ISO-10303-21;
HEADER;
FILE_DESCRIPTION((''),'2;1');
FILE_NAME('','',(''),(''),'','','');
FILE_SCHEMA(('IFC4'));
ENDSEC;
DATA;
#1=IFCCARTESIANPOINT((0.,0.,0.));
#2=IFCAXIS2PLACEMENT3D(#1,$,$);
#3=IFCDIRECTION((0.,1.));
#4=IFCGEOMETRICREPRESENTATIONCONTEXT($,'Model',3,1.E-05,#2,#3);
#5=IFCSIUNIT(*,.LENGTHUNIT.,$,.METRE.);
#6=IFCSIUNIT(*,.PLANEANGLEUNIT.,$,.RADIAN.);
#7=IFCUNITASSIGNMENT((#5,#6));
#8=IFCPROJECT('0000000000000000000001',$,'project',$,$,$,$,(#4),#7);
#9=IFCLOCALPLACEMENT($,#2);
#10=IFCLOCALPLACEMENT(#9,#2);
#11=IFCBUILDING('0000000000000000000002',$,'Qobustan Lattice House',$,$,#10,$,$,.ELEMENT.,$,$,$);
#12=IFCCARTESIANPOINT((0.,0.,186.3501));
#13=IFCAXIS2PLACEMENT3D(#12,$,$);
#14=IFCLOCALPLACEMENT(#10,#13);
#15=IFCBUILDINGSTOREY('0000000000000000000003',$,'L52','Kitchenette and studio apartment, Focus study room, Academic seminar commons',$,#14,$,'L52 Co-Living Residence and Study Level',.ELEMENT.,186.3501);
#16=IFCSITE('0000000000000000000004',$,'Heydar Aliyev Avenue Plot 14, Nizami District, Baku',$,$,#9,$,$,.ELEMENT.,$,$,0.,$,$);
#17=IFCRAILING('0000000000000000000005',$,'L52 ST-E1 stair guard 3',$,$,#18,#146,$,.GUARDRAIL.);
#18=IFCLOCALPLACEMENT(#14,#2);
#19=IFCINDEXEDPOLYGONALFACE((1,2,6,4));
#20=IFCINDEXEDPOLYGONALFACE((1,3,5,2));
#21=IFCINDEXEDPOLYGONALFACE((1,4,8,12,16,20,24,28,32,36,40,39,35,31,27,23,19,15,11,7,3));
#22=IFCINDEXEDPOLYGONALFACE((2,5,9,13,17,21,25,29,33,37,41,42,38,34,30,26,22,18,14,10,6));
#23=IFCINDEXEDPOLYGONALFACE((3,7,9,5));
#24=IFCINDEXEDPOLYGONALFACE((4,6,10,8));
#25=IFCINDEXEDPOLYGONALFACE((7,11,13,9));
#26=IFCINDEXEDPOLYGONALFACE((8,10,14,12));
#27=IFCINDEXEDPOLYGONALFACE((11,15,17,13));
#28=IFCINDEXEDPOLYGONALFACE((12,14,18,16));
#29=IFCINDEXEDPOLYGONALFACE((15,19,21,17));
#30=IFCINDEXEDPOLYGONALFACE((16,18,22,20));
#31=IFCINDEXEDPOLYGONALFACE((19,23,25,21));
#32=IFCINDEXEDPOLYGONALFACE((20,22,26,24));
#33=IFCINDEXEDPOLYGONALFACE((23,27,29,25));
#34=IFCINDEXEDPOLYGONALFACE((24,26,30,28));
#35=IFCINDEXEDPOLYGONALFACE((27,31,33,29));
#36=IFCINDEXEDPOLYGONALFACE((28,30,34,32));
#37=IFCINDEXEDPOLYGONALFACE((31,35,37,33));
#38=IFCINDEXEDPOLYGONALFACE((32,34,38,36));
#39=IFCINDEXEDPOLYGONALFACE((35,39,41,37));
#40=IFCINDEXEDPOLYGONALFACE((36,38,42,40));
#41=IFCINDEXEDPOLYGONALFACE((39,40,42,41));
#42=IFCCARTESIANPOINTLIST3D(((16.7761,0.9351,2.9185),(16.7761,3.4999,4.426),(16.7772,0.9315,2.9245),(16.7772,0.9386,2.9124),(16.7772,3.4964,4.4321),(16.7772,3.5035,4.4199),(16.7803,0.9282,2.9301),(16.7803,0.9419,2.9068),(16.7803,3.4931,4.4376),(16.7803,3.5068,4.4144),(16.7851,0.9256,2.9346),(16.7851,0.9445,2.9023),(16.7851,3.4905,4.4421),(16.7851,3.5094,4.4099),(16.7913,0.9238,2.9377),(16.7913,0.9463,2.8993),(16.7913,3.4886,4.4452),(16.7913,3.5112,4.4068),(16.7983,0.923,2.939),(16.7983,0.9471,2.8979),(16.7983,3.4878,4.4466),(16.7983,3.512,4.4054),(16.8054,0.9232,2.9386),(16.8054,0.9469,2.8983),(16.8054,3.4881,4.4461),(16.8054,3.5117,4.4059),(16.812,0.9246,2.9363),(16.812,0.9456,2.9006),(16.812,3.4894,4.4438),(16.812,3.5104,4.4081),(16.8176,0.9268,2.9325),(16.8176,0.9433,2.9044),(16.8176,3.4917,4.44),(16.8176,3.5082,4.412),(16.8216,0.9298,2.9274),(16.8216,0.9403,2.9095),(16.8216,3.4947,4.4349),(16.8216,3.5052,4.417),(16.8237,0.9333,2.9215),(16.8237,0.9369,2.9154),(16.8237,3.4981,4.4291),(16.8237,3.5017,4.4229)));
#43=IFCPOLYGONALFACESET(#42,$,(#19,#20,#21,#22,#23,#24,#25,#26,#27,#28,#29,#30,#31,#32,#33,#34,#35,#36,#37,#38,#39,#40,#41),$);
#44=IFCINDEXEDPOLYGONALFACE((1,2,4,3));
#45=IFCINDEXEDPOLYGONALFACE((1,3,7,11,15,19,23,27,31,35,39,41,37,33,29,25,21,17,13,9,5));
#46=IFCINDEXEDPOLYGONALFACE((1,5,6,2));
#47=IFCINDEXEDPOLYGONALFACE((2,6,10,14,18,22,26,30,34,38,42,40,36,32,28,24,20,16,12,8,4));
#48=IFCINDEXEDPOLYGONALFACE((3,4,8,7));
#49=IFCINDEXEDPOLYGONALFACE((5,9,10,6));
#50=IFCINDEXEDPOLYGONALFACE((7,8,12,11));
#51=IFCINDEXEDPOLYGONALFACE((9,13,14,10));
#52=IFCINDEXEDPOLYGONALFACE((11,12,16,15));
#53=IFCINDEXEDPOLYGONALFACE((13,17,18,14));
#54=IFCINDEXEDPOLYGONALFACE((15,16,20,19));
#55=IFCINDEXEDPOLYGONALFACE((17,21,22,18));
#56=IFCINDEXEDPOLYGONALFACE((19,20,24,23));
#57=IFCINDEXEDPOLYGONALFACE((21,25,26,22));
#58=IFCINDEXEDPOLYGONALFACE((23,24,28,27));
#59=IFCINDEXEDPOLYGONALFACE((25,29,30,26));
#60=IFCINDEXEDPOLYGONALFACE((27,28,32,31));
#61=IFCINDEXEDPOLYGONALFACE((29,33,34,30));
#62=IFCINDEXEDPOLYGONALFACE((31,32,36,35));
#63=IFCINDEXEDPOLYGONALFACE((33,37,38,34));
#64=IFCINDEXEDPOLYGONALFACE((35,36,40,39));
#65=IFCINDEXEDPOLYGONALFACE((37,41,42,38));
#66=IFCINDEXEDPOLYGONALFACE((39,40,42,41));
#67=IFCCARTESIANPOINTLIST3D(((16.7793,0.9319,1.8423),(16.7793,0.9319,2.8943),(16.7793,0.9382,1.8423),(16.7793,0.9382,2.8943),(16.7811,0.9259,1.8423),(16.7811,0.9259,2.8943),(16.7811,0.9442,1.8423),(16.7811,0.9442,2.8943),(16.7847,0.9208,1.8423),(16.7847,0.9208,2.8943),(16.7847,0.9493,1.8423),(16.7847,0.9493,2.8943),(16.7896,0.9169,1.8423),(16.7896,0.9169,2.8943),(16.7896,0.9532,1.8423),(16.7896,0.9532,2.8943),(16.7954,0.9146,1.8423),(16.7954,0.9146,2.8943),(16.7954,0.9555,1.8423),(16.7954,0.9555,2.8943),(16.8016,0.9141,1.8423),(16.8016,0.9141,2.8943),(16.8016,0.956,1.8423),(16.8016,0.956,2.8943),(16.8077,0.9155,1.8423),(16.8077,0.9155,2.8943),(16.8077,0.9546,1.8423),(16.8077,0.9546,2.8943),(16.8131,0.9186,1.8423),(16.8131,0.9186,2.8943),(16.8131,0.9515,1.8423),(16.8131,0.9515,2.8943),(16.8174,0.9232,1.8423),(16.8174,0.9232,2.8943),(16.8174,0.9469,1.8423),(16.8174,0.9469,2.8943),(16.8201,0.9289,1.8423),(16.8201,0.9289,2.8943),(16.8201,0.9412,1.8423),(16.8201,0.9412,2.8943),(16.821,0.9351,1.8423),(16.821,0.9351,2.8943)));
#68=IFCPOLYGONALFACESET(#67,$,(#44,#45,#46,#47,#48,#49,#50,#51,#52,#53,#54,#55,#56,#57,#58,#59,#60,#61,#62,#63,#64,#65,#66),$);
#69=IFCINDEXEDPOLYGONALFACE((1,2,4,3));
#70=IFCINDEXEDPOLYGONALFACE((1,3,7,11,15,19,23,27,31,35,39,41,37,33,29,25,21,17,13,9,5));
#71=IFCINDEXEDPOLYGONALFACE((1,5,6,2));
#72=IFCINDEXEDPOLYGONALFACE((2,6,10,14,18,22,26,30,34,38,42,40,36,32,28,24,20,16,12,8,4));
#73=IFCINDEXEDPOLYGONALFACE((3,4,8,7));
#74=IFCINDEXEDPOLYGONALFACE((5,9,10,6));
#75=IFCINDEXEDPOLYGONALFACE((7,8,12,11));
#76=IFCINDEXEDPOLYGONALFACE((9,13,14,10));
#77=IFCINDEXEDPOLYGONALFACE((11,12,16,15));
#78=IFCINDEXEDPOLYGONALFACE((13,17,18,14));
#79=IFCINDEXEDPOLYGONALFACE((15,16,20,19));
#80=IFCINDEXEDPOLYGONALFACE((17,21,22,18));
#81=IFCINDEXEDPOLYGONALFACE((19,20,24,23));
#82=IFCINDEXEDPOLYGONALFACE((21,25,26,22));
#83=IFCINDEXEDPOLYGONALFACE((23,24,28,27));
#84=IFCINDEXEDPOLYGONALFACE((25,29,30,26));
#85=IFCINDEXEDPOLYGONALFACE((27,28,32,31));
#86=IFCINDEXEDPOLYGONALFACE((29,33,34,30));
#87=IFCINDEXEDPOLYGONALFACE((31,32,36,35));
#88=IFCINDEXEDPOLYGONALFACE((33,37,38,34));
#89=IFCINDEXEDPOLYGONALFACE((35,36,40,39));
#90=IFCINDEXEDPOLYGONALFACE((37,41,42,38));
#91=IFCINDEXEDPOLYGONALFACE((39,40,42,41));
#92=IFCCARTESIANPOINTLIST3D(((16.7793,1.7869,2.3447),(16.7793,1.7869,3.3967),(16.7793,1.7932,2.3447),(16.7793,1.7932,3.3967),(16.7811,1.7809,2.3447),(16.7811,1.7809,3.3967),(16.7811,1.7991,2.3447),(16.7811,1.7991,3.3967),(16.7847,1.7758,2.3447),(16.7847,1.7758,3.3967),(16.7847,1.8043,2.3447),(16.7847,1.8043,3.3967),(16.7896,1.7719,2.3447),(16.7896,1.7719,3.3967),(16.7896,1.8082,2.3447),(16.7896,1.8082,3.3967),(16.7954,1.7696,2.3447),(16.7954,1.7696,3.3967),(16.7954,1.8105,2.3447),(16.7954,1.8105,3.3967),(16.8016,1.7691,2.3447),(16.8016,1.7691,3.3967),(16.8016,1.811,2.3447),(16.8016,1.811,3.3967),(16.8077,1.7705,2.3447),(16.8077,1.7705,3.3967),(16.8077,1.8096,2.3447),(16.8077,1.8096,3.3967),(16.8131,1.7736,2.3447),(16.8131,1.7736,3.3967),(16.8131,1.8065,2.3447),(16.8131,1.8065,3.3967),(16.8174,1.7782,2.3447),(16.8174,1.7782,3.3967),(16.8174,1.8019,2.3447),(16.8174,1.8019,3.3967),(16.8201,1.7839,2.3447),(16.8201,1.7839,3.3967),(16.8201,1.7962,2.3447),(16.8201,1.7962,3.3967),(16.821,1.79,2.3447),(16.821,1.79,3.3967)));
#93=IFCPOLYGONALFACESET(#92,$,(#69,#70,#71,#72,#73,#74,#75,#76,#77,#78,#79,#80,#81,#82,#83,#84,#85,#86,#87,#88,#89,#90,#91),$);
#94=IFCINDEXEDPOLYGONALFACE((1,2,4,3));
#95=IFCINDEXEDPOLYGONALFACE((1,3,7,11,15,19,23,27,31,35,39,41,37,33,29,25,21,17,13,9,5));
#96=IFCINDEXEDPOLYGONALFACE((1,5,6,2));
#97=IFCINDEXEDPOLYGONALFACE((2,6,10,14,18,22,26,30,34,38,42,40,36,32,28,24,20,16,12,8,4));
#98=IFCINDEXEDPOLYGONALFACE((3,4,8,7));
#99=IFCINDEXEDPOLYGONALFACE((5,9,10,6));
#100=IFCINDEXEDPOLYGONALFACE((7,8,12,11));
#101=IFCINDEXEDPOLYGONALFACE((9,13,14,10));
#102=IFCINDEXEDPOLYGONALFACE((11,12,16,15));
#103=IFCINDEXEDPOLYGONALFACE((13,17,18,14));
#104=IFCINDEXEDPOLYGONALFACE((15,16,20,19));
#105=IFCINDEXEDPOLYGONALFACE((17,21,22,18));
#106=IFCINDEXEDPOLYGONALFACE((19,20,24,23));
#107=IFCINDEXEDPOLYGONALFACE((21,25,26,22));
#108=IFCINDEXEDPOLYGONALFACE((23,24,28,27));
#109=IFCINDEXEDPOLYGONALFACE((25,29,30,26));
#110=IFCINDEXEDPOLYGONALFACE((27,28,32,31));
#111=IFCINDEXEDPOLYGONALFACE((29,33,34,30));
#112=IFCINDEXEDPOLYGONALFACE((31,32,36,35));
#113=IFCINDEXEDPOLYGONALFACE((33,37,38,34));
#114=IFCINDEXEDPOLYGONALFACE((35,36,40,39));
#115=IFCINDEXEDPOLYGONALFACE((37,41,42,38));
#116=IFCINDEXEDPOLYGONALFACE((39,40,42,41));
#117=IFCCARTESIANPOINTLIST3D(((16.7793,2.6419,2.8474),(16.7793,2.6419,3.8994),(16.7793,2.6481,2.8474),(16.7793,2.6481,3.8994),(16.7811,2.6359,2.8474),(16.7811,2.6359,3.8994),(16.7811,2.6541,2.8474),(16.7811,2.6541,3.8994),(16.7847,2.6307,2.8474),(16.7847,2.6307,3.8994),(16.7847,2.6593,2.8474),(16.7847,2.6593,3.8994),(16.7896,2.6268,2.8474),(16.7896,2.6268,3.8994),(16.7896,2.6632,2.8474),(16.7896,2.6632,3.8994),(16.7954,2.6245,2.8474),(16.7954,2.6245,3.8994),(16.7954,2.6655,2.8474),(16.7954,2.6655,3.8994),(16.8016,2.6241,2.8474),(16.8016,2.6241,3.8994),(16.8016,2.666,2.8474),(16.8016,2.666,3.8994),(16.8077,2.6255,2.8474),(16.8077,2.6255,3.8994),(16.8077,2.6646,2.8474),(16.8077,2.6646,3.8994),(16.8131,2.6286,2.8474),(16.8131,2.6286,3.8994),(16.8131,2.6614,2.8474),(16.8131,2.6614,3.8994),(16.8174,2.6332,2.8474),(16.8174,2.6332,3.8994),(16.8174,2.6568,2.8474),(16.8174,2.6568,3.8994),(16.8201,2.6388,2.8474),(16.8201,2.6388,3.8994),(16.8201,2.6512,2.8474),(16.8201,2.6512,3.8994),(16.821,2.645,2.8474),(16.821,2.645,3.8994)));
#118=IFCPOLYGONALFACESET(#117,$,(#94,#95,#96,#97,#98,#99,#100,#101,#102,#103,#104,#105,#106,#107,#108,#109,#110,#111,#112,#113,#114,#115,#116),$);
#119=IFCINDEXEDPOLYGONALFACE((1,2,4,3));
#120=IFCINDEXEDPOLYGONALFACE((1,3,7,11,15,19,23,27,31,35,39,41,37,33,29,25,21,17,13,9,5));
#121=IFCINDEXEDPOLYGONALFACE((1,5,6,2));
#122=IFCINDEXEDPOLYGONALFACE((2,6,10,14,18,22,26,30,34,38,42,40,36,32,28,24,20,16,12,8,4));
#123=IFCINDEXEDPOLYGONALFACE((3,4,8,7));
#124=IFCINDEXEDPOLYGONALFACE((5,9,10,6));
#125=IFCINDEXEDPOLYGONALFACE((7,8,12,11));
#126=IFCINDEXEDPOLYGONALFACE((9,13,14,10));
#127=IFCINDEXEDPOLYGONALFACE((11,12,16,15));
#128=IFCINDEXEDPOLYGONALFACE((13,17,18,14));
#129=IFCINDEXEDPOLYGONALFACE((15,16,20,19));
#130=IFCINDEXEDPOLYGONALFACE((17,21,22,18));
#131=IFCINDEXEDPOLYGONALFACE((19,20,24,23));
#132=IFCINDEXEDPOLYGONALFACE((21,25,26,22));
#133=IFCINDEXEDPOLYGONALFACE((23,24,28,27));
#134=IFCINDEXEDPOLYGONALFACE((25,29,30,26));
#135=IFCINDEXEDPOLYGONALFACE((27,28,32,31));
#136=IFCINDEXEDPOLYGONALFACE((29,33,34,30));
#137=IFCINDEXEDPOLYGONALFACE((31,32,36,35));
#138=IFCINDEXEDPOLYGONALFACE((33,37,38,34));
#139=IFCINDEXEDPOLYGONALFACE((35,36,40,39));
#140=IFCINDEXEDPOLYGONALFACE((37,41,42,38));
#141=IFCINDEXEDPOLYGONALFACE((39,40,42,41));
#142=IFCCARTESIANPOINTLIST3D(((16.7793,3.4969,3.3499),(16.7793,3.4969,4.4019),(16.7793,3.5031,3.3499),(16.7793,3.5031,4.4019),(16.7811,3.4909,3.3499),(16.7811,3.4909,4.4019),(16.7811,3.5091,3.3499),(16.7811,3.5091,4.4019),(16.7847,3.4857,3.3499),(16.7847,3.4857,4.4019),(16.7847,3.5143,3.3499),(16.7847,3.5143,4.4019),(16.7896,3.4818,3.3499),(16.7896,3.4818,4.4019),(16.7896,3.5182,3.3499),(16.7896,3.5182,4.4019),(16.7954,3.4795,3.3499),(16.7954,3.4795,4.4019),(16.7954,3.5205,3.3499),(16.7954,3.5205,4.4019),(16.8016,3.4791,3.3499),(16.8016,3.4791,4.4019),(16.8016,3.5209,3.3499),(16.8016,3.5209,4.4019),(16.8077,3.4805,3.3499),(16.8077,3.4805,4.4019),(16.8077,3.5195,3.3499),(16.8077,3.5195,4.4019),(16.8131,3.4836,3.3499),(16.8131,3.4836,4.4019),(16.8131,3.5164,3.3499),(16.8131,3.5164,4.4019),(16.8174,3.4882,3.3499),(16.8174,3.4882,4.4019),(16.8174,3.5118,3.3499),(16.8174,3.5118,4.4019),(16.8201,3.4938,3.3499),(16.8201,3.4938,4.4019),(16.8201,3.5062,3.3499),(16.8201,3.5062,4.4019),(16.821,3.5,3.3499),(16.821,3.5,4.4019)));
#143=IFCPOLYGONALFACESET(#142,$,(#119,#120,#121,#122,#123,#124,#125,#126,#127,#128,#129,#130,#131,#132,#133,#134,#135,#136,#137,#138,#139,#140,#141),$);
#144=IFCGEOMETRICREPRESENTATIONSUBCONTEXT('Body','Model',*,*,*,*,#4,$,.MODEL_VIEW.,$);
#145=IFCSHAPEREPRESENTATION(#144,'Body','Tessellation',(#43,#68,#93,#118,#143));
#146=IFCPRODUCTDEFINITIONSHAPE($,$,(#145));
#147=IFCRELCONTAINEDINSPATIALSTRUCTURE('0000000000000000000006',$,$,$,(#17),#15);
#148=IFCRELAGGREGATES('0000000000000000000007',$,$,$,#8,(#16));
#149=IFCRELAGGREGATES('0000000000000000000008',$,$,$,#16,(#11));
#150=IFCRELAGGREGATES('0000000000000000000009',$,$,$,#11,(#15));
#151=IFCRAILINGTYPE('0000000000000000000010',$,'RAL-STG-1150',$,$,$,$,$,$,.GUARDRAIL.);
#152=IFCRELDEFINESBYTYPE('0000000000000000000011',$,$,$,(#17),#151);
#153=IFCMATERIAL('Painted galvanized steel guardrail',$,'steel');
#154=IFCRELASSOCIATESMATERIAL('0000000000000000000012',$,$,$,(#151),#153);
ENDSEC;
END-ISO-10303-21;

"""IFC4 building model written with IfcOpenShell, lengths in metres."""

from ifc_helpers import new_model, si_unit, direction, frame, origin, origin_2d, place, context, subcontext, project, spatial, circle, extrude, material, type_object, element, save


model = new_model("IFC4")

# Units and contexts
model_context = context("Model", 3, precision=1e-05, world=origin(), true_north=direction((0.0, 1.0)))
body_context = subcontext(model_context, "Body", "Model", "MODEL_VIEW")
ifc_project = project(units=[si_unit("LENGTHUNIT", "METRE"), si_unit("PLANEANGLEUNIT", "RADIAN")], contexts=[model_context])

# Site, building, storey
site_placement = place(None, origin())
site = spatial("IfcSite", under=ifc_project, at=site_placement, Name="Heydar Aliyev Avenue Plot 14, Nizami District, Baku", CompositionType="ELEMENT", RefElevation=0.0)
building_placement = place(site_placement, origin())
building = spatial("IfcBuilding", under=site, at=building_placement, Name="Qobustan Lattice House", CompositionType="ELEMENT")
storey_placement = place(building_placement, frame((0.0, 0.0, 186.3501)))
storey = spatial("IfcBuildingStorey", under=building, at=storey_placement, Name="L52", Description="Kitchenette and studio apartment, Focus study room, Academic seminar commons", LongName="L52 Co-Living Residence and Study Level", CompositionType="ELEMENT", Elevation=186.3501)

# Railing
ifc_material_1 = material(Name="Painted galvanized steel guardrail", Category="steel")
railing_type_1 = type_object("IfcRailingType", Name="RAL-STG-1150", PredefinedType="GUARDRAIL", material=ifc_material_1)
railing_1_placement = place(storey_placement, frame((16.8, 0.9351, 1.8423)))
element("IfcRailing", 1, at=railing_1_placement, inside=storey, type_object=railing_type_1, Name="L52 ST-E1 stair guard 3", PredefinedType="GUARDRAIL", context=body_context, shape_type="SweptSolid", body=[
    extrude(circle(Radius=0.0239, at=origin_2d()), frame((0.0, 0.0, 1.0762), z_axis=(0.0, 0.862113, 0.506715), x_axis=(-1.0, 0.0, 0.0)), (0.0, 0.0, 1.0), 2.9751),
    extrude(circle(Radius=0.021, at=origin_2d()), origin(), (0.0, 0.0, 1.0), 1.052),
    extrude(circle(Radius=0.021, at=origin_2d()), frame((0.0, 0.855, 0.5024)), (0.0, 0.0, 1.0), 1.052),
    extrude(circle(Radius=0.021, at=origin_2d()), frame((0.0, 1.71, 1.0051)), (0.0, 0.0, 1.0), 1.052),
    extrude(circle(Radius=0.021, at=origin_2d()), frame((0.0, 2.5649, 1.5076)), (0.0, 0.0, 1.0), 1.052),
])

save(model, "model.ifc")
